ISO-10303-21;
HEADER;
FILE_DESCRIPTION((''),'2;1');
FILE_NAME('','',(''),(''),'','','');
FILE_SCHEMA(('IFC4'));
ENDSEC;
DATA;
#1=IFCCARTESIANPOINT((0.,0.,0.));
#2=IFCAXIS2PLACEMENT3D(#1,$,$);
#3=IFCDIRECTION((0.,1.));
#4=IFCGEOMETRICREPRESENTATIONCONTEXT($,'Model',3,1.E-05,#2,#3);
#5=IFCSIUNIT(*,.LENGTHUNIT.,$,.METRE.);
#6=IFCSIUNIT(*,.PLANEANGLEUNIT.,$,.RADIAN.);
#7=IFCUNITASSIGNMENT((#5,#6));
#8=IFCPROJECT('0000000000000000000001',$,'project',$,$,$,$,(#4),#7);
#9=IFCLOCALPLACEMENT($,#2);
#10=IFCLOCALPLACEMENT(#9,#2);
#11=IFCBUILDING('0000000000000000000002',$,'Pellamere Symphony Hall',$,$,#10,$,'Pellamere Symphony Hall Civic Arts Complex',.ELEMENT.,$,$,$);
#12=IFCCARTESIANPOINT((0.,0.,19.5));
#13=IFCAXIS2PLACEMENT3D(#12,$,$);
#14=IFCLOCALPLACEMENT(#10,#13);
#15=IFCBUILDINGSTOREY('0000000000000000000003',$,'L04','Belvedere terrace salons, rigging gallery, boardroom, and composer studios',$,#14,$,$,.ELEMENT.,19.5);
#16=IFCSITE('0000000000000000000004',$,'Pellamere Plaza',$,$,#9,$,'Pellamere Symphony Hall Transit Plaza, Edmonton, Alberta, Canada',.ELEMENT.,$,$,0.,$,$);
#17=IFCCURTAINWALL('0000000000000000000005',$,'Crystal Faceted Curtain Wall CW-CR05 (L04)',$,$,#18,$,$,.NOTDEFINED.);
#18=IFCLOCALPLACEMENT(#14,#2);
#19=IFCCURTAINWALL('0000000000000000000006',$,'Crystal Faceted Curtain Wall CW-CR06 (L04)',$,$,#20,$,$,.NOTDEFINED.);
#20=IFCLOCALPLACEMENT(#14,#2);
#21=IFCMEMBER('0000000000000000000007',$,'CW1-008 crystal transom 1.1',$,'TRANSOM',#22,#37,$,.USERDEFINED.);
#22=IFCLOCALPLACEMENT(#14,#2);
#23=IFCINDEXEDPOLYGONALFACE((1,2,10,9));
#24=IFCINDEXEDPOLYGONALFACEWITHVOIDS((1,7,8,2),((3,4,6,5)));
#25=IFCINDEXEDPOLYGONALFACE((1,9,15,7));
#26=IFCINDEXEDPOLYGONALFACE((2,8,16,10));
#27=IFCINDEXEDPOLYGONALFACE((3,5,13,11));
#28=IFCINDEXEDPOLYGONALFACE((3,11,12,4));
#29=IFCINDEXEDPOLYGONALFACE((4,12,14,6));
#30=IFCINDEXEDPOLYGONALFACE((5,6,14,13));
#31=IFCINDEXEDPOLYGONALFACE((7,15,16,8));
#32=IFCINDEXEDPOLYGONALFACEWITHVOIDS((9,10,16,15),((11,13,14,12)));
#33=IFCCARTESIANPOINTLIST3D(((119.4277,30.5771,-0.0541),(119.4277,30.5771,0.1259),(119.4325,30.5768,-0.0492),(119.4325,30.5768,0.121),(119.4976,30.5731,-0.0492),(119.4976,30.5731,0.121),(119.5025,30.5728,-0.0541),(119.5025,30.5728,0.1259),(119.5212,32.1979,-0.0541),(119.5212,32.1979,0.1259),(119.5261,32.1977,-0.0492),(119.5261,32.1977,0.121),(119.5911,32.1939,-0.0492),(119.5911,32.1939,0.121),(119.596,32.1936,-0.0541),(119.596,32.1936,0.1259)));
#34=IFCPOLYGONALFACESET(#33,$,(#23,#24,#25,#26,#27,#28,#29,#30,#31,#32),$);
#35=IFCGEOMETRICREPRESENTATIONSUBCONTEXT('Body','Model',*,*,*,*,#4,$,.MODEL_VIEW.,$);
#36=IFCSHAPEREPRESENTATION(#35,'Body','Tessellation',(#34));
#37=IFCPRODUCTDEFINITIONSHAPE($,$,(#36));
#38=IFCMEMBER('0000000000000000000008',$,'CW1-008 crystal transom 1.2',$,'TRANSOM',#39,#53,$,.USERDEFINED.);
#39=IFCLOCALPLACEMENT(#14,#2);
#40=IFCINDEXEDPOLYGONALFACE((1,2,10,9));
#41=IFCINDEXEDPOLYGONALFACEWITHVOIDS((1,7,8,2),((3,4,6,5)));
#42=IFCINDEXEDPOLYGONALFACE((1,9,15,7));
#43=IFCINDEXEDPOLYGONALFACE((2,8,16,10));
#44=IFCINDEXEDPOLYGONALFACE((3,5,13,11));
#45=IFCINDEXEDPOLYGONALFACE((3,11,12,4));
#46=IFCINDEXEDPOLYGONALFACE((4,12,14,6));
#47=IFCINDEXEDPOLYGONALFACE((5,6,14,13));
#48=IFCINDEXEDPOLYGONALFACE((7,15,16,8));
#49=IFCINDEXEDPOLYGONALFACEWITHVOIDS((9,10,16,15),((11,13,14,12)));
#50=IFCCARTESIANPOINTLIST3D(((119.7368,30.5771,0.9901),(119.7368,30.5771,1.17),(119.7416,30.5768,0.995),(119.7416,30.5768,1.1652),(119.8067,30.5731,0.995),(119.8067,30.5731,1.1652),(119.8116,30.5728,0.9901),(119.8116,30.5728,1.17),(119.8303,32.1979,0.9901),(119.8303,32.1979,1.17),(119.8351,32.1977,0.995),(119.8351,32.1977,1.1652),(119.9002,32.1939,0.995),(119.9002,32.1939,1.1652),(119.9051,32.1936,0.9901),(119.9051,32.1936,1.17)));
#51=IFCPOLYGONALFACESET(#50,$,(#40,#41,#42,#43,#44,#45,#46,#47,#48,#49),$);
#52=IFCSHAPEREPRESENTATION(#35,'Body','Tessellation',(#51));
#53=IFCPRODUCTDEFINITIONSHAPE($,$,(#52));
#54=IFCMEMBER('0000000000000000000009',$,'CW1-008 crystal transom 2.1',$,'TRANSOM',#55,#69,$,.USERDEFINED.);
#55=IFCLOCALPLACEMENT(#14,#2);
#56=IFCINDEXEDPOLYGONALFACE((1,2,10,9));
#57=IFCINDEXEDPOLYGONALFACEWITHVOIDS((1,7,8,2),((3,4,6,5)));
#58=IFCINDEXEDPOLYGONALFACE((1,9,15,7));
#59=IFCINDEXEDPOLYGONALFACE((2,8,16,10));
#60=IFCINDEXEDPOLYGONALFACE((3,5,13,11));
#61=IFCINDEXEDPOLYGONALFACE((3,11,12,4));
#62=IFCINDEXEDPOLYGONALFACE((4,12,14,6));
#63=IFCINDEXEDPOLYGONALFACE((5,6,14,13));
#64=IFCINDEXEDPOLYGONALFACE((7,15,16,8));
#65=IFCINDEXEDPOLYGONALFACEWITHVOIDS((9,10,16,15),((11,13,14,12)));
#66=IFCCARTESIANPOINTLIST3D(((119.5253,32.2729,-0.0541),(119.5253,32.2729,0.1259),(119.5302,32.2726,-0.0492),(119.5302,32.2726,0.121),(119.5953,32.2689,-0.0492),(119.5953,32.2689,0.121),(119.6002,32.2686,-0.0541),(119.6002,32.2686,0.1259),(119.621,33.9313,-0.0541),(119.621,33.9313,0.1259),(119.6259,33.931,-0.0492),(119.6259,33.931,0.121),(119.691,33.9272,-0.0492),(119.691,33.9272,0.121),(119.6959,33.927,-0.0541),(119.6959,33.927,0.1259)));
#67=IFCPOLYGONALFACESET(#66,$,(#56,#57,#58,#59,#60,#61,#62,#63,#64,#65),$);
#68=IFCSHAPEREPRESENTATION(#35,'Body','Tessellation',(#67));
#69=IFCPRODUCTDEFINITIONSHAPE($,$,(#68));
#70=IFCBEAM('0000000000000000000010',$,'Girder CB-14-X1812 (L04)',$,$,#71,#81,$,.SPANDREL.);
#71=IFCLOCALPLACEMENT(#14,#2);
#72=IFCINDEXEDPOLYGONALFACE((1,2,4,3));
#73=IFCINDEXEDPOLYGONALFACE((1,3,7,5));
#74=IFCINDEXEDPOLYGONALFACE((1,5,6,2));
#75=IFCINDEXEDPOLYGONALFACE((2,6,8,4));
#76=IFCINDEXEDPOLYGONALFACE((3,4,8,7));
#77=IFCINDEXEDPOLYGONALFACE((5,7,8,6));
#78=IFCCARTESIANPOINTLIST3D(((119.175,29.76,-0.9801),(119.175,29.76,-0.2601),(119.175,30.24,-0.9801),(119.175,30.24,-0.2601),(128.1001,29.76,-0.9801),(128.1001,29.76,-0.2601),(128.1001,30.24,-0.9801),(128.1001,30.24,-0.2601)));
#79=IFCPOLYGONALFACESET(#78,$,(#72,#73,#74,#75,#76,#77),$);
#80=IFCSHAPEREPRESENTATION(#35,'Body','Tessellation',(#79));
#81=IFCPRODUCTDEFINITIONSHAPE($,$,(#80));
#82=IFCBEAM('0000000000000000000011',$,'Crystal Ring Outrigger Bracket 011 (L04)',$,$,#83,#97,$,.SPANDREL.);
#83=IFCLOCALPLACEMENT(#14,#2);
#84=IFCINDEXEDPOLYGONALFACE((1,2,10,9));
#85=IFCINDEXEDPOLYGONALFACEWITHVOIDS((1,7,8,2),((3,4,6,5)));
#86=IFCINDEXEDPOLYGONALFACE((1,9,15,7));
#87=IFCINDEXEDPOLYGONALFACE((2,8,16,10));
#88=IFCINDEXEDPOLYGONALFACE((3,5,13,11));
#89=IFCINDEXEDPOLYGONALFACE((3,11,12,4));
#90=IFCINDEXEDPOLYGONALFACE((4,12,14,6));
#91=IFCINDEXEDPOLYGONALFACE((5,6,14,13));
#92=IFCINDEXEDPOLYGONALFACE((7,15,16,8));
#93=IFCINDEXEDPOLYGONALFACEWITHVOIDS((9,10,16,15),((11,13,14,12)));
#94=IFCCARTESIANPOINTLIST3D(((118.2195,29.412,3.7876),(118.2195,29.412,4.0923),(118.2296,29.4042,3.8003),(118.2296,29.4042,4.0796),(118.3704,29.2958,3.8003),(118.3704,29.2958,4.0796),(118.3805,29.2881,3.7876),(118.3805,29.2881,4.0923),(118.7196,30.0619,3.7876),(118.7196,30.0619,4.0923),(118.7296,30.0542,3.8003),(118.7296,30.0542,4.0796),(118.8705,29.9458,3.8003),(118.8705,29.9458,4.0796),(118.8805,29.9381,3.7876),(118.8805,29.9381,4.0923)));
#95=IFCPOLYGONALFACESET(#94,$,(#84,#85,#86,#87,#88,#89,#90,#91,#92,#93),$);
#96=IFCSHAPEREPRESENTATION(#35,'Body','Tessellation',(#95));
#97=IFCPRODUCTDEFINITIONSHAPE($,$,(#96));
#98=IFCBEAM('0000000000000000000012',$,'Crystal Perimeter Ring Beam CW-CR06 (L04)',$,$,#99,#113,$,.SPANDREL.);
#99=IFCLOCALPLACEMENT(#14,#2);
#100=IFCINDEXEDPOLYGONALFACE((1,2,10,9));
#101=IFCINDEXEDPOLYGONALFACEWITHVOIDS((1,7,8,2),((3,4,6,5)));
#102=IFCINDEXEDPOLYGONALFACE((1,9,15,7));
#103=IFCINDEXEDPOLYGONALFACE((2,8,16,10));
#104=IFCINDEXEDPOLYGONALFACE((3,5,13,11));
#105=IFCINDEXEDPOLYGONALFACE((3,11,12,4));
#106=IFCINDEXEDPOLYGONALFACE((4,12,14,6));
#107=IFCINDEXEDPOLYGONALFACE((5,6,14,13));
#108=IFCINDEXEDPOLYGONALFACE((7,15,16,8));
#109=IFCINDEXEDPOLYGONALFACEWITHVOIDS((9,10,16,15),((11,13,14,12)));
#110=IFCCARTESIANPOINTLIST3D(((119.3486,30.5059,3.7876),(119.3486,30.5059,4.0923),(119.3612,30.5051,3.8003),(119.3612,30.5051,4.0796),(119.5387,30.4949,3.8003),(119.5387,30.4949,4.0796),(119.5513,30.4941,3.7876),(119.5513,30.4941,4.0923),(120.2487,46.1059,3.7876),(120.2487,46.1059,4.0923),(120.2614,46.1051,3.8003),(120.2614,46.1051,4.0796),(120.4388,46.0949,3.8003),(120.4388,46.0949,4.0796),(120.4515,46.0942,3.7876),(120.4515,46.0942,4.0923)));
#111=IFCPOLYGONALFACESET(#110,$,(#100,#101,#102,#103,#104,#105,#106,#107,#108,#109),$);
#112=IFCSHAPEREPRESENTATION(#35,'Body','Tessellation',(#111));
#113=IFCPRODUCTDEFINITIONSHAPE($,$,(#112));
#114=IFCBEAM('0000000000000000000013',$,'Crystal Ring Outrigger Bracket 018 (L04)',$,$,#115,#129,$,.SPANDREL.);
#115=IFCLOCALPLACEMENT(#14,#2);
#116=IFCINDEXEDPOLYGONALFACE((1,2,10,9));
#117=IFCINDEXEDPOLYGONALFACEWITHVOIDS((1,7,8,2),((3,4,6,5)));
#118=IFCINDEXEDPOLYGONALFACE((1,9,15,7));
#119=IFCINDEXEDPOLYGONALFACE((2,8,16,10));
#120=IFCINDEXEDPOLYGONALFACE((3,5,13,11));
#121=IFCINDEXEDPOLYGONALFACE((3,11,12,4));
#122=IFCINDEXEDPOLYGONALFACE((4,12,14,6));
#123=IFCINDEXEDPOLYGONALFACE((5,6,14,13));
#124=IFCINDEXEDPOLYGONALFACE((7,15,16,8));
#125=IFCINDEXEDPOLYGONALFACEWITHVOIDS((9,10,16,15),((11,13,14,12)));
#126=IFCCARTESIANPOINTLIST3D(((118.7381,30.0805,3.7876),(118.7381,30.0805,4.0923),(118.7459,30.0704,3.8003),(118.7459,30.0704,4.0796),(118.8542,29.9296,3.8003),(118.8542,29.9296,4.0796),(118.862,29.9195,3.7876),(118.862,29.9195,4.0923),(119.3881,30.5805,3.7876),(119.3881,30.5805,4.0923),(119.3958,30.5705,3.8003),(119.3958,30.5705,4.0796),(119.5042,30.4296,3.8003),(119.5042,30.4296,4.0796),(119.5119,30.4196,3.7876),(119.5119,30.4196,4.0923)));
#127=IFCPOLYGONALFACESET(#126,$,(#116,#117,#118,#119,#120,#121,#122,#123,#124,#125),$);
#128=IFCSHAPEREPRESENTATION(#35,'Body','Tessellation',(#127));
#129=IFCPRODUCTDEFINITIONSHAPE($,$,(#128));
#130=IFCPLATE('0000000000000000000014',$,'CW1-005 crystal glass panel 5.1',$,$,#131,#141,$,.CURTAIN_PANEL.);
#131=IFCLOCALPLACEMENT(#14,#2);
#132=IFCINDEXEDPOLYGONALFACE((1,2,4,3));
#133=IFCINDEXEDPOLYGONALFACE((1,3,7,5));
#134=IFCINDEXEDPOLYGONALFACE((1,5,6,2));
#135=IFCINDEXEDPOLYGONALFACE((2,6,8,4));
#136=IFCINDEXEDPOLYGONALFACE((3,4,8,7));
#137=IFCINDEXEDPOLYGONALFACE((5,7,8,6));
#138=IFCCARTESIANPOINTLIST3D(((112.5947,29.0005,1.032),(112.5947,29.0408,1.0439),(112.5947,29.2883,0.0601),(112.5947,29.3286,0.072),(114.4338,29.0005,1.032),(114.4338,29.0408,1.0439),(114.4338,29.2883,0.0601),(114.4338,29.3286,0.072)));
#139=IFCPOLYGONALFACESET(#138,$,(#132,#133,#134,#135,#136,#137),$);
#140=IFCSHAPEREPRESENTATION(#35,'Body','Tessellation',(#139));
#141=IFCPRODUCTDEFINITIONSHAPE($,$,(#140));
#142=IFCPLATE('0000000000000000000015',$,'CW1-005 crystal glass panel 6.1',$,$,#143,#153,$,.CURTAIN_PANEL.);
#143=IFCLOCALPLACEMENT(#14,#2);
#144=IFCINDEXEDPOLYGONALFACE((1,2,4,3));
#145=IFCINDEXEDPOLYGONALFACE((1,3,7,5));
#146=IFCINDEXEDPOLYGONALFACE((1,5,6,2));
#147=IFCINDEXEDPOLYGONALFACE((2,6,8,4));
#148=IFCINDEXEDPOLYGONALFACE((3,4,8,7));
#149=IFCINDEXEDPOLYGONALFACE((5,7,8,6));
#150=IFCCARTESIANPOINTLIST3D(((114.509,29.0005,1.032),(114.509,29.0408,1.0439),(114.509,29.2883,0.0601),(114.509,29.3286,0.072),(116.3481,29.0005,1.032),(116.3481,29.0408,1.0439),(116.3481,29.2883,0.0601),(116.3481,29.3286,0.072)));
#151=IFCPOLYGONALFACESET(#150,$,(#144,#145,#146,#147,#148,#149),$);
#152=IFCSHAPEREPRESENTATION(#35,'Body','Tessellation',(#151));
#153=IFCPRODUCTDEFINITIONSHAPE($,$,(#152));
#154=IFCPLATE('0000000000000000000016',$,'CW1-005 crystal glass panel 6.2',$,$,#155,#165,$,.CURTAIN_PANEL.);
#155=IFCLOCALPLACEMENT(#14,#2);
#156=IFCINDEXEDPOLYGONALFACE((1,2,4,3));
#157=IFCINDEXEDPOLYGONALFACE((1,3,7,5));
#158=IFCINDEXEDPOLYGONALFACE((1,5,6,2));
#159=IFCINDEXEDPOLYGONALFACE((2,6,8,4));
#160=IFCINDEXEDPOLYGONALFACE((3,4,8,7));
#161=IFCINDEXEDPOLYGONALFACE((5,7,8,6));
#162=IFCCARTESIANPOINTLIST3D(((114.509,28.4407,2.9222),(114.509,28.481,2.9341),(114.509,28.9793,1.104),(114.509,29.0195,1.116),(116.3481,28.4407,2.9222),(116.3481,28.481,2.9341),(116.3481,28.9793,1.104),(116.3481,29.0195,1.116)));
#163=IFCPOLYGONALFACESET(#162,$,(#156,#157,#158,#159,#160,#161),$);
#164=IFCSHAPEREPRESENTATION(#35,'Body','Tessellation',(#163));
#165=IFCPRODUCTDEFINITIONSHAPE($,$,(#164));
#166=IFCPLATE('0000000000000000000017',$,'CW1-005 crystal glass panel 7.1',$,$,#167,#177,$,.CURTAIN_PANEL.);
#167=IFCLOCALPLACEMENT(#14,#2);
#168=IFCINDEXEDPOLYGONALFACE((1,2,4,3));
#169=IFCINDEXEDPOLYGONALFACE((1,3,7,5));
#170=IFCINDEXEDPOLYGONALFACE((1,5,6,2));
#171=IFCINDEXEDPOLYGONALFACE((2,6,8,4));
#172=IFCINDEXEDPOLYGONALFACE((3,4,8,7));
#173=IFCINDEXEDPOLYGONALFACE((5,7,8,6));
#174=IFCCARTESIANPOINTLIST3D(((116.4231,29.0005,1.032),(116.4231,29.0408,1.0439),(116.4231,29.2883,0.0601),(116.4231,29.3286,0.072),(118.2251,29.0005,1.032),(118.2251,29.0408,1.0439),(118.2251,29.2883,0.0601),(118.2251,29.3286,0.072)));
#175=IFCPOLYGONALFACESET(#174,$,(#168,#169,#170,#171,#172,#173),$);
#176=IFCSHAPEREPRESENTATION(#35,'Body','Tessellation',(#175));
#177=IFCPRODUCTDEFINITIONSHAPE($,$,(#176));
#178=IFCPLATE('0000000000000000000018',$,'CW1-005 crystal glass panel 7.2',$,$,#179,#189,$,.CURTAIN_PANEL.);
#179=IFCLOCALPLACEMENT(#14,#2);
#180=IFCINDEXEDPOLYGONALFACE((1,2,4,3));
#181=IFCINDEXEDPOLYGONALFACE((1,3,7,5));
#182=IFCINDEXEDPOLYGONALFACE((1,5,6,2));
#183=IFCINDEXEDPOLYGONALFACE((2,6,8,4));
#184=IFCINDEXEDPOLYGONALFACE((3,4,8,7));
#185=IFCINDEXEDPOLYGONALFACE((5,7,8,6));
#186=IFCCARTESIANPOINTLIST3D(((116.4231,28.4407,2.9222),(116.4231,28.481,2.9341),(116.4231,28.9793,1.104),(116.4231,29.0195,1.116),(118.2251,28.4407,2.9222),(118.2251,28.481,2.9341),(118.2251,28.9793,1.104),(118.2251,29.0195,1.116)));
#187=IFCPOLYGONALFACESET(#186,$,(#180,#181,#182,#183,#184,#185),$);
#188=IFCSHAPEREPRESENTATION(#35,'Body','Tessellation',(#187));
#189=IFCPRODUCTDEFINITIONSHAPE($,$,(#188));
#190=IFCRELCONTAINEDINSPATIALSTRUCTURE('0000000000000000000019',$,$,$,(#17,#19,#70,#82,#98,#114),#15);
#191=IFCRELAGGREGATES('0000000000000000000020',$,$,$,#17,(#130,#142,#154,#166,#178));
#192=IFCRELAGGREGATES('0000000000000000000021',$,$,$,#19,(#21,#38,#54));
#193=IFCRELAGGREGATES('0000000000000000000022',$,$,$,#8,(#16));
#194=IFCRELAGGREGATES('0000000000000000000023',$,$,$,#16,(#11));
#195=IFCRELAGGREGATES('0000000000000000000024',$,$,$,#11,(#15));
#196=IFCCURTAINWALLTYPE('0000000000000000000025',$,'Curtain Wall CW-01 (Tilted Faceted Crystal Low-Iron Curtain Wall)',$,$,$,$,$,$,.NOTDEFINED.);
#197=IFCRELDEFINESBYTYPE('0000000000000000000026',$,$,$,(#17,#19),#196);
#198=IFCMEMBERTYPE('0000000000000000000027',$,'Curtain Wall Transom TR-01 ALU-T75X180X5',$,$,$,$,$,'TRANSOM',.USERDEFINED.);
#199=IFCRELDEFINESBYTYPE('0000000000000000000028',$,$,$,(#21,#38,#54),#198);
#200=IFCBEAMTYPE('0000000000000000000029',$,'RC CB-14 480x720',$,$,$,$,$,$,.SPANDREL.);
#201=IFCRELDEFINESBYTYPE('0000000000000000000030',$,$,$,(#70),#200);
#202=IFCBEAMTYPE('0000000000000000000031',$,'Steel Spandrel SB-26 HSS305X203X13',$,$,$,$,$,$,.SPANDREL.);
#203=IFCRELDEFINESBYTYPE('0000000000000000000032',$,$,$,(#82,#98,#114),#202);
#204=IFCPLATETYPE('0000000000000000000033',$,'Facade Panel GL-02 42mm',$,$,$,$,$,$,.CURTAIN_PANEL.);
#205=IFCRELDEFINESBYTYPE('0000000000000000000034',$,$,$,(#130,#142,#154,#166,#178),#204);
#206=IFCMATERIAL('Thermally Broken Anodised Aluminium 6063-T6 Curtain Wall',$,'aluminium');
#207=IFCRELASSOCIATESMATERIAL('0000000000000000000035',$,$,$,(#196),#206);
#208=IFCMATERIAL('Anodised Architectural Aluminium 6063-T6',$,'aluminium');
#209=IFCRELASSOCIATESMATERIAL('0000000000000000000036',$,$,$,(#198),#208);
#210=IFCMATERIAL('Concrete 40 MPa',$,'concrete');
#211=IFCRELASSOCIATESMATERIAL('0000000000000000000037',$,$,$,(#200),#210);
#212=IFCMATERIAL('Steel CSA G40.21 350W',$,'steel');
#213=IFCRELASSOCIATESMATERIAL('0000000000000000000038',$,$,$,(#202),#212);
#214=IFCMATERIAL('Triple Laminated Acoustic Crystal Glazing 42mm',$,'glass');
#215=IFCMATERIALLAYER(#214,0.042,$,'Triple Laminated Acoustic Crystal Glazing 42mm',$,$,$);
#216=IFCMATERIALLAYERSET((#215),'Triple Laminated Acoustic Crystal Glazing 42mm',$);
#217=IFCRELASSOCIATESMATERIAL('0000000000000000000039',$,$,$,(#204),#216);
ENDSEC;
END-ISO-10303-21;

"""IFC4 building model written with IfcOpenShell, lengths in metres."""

from ifc_helpers import new_model, si_unit, direction, frame, origin, origin_2d, place, context, subcontext, project, spatial, polyline, rectangle, hollow_rectangle, outline, extrude, material, layer, layer_set, material_profile, profile_set, type_object, element, aggregate, save


model = new_model("IFC4")

# Units and contexts
model_context = context("Model", 3, precision=1e-05, world=origin(), true_north=direction((0.0, 1.0)))
body_context = subcontext(model_context, "Body", "Model", "MODEL_VIEW")
ifc_project = project(units=[si_unit("LENGTHUNIT", "METRE"), si_unit("PLANEANGLEUNIT", "RADIAN")], contexts=[model_context])

# Site, building, storey
site_placement = place(None, origin())
site = spatial("IfcSite", under=ifc_project, at=site_placement, Name="Pellamere Plaza", LongName="Pellamere Symphony Hall Transit Plaza, Edmonton, Alberta, Canada", CompositionType="ELEMENT", RefElevation=0.0)
building_placement = place(site_placement, origin())
building = spatial("IfcBuilding", under=site, at=building_placement, Name="Pellamere Symphony Hall", LongName="Pellamere Symphony Hall Civic Arts Complex", CompositionType="ELEMENT")
storey_placement = place(building_placement, frame((0.0, 0.0, 19.5)))
storey = spatial("IfcBuildingStorey", under=building, at=storey_placement, Name="L04", Description="Belvedere terrace salons, rigging gallery, boardroom, and composer studios", CompositionType="ELEMENT", Elevation=19.5)

# Shared definitions
ifc_material_1 = material(Name="Concrete 40 MPa", Category="concrete")

# Curtain walls
ifc_material_2 = material(Name="Thermally Broken Anodised Aluminium 6063-T6 Curtain Wall", Category="aluminium")
curtain_wall_type = type_object("IfcCurtainWallType", Name="Curtain Wall CW-01 (Tilted Faceted Crystal Low-Iron Curtain Wall)", PredefinedType="NOTDEFINED", material=ifc_material_2)
curtain_wall_1_placement = place(storey_placement, origin())
curtain_wall_1 = element("IfcCurtainWall", 1, at=curtain_wall_1_placement, inside=storey, type_object=curtain_wall_type, Name="Crystal Faceted Curtain Wall CW-CR05 (L04)", PredefinedType="NOTDEFINED")
ifc_material_3 = material(Name="Anodised Architectural Aluminium 6063-T6", Category="aluminium")
curtain_wall_2_placement = place(storey_placement, origin())
curtain_wall_2 = element("IfcCurtainWall", 2, at=curtain_wall_2_placement, inside=storey, type_object=curtain_wall_type, Name="Crystal Faceted Curtain Wall CW-CR06 (L04)", PredefinedType="NOTDEFINED")

# Members
ifc_material_profile_1 = material_profile(ifc_material_3, hollow_rectangle(XDim=0.075, YDim=0.1799, WallThickness=0.0049, at=origin_2d()), Name="ALU-T75X180X5")
ifc_profile_set_1 = profile_set([ifc_material_profile_1], Name="Anodised Architectural Aluminium 6063-T6")
member_type_1 = type_object("IfcMemberType", Name="Curtain Wall Transom TR-01 ALU-T75X180X5", ElementType="TRANSOM", PredefinedType="USERDEFINED", material=ifc_profile_set_1)
member_1_placement = place(storey_placement, frame((119.4651, 30.575, 0.0359), z_axis=(0.057594, 0.99834, 0.0), x_axis=(-0.99834, 0.057594, 0.0)))
member_1 = element("IfcMember", 3, at=member_1_placement, type_object=member_type_1, Name="CW1-008 crystal transom 1.1", ObjectType="TRANSOM", PredefinedType="USERDEFINED", context=body_context, shape_type="SweptSolid", body=[
    extrude(hollow_rectangle(XDim=0.075, YDim=0.1799, WallThickness=0.0049, at=origin_2d()), origin(), (0.0, 0.0, 1.0), 1.6235),
])
member_2_placement = place(storey_placement, frame((119.7742, 30.575, 1.0801), z_axis=(0.057594, 0.99834, 0.0), x_axis=(-0.99834, 0.057594, 0.0)))
member_2 = element("IfcMember", 4, at=member_2_placement, type_object=member_type_1, Name="CW1-008 crystal transom 1.2", ObjectType="TRANSOM", PredefinedType="USERDEFINED", context=body_context, shape_type="SweptSolid", body=[
    extrude(hollow_rectangle(XDim=0.075, YDim=0.1799, WallThickness=0.0049, at=origin_2d()), origin(), (0.0, 0.0, 1.0), 1.6235),
])
member_3_placement = place(storey_placement, frame((119.5627, 32.2708, 0.0359), z_axis=(0.057611, 0.998339, 0.0), x_axis=(-0.998339, 0.057611, 0.0)))
member_3 = element("IfcMember", 5, at=member_3_placement, type_object=member_type_1, Name="CW1-008 crystal transom 2.1", ObjectType="TRANSOM", PredefinedType="USERDEFINED", context=body_context, shape_type="SweptSolid", body=[
    extrude(hollow_rectangle(XDim=0.075, YDim=0.1799, WallThickness=0.0049, at=origin_2d()), origin(), (0.0, 0.0, 1.0), 1.6611),
])

# Beams
ifc_material_profile_2 = material_profile(ifc_material_1, rectangle(XDim=0.48, YDim=0.72, at=origin_2d()), Name="RC 480x720")
ifc_profile_set_2 = profile_set([ifc_material_profile_2], Name="Concrete 40 MPa")
beam_type_1 = type_object("IfcBeamType", Name="RC CB-14 480x720", PredefinedType="SPANDREL", material=ifc_profile_set_2)
beam_1_placement = place(storey_placement, frame((119.175, 30.0, -0.6201), z_axis=(1.0, 0.0, 0.0), x_axis=(0.0, 1.0, 0.0)))
element("IfcBeam", 6, at=beam_1_placement, inside=storey, type_object=beam_type_1, Name="Girder CB-14-X1812 (L04)", PredefinedType="SPANDREL", context=body_context, shape_type="SweptSolid", body=[
    extrude(rectangle(XDim=0.48, YDim=0.72, at=origin_2d()), origin(), (0.0, 0.0, 1.0), 8.925),
])
ifc_material_4 = material(Name="Steel CSA G40.21 350W", Category="steel")
ifc_material_profile_3 = material_profile(ifc_material_4, hollow_rectangle(XDim=0.2031, YDim=0.3047, WallThickness=0.0127, at=origin_2d()), Name="HSS305X203X13")
ifc_profile_set_3 = profile_set([ifc_material_profile_3], Name="Steel CSA G40.21 350W")
beam_type_2 = type_object("IfcBeamType", Name="Steel Spandrel SB-26 HSS305X203X13", PredefinedType="SPANDREL", material=ifc_profile_set_3)
beam_2_placement = place(storey_placement, frame((118.8, 30.0, 3.9399), z_axis=(-0.609768, -0.79258, 0.0), x_axis=(0.79258, -0.609768, 0.0)))
element("IfcBeam", 7, at=beam_2_placement, inside=storey, type_object=beam_type_2, Name="Crystal Ring Outrigger Bracket 011 (L04)", PredefinedType="SPANDREL", context=body_context, shape_type="SweptSolid", body=[
    extrude(hollow_rectangle(XDim=0.2031, YDim=0.3047, WallThickness=0.0127, at=origin_2d()), origin(), (0.0, 0.0, 1.0), 0.8201),
])
beam_3_placement = place(storey_placement, frame((119.45, 30.5, 3.9399), z_axis=(0.057606, 0.998339, 0.0), x_axis=(-0.998339, 0.057606, 0.0)))
element("IfcBeam", 8, at=beam_3_placement, inside=storey, type_object=beam_type_2, Name="Crystal Perimeter Ring Beam CW-CR06 (L04)", PredefinedType="SPANDREL", context=body_context, shape_type="SweptSolid", body=[
    extrude(hollow_rectangle(XDim=0.2031, YDim=0.3047, WallThickness=0.0127, at=origin_2d()), origin(), (0.0, 0.0, 1.0), 15.626),
])
beam_4_placement = place(storey_placement, frame((118.8, 30.0, 3.9399), z_axis=(0.79258, 0.609768, 0.0), x_axis=(-0.609768, 0.79258, 0.0)))
element("IfcBeam", 9, at=beam_4_placement, inside=storey, type_object=beam_type_2, Name="Crystal Ring Outrigger Bracket 018 (L04)", PredefinedType="SPANDREL", context=body_context, shape_type="SweptSolid", body=[
    extrude(hollow_rectangle(XDim=0.2031, YDim=0.3047, WallThickness=0.0127, at=origin_2d()), origin(), (0.0, 0.0, 1.0), 0.8201),
])

# Plates
ifc_material_5 = material(Name="Triple Laminated Acoustic Crystal Glazing 42mm", Category="glass")
ifc_layer_1 = layer(ifc_material_5, 0.042, Name="Triple Laminated Acoustic Crystal Glazing 42mm")
ifc_layer_set_1 = layer_set([ifc_layer_1], Name="Triple Laminated Acoustic Crystal Glazing 42mm")
plate_type_1 = type_object("IfcPlateType", Name="Facade Panel GL-02 42mm", PredefinedType="CURTAIN_PANEL", material=ifc_layer_set_1)
plate_1_placement = place(storey_placement, frame((112.5947, 29.3286, 0.072), z_axis=(0.0, 0.958835, 0.283965), x_axis=(1.0, 0.0, 0.0)))
plate_1 = element("IfcPlate", 10, at=plate_1_placement, type_object=plate_type_1, Name="CW1-005 crystal glass panel 5.1", PredefinedType="CURTAIN_PANEL", context=body_context, shape_type="SweptSolid", body=[
    extrude(outline(polyline([(0.0, 0.0), (1.8391, 0.0), (1.8391, -1.0137), (0.0, -1.0137), (0.0, 0.0)])), origin(), (0.0, 0.0, -1.0), 0.042),
])
plate_2_placement = place(storey_placement, frame((114.509, 29.3286, 0.072), z_axis=(0.0, 0.958835, 0.283965), x_axis=(1.0, 0.0, 0.0)))
plate_2 = element("IfcPlate", 11, at=plate_2_placement, type_object=plate_type_1, Name="CW1-005 crystal glass panel 6.1", PredefinedType="CURTAIN_PANEL", context=body_context, shape_type="SweptSolid", body=[
    extrude(outline(polyline([(0.0, 0.0), (1.8391, 0.0), (1.8391, -1.0137), (0.0, -1.0137), (0.0, 0.0)])), origin(), (0.0, 0.0, -1.0), 0.042),
])
plate_3_placement = place(storey_placement, frame((114.509, 29.0195, 1.116), z_axis=(0.0, 0.958816, 0.284027), x_axis=(1.0, 0.0, 0.0)))
plate_3 = element("IfcPlate", 12, at=plate_3_placement, type_object=plate_type_1, Name="CW1-005 crystal glass panel 6.2", PredefinedType="CURTAIN_PANEL", context=body_context, shape_type="SweptSolid", body=[
    extrude(outline(polyline([(0.0, 0.0), (1.8391, 0.0), (1.8391, -1.8962), (0.0, -1.8962), (0.0, 0.0)])), origin(), (0.0, 0.0, -1.0), 0.042),
])
plate_4_placement = place(storey_placement, frame((116.4231, 29.3286, 0.072), z_axis=(0.0, 0.958835, 0.283965), x_axis=(1.0, 0.0, 0.0)))
plate_4 = element("IfcPlate", 13, at=plate_4_placement, type_object=plate_type_1, Name="CW1-005 crystal glass panel 7.1", PredefinedType="CURTAIN_PANEL", context=body_context, shape_type="SweptSolid", body=[
    extrude(outline(polyline([(0.0, 0.0), (1.802, 0.0), (1.802, -1.0137), (0.0, -1.0137), (0.0, 0.0)])), origin(), (0.0, 0.0, -1.0), 0.042),
])
plate_5_placement = place(storey_placement, frame((116.4231, 29.0195, 1.116), z_axis=(0.0, 0.958816, 0.284027), x_axis=(1.0, 0.0, 0.0)))
plate_5 = element("IfcPlate", 14, at=plate_5_placement, type_object=plate_type_1, Name="CW1-005 crystal glass panel 7.2", PredefinedType="CURTAIN_PANEL", context=body_context, shape_type="SweptSolid", body=[
    extrude(outline(polyline([(0.0, 0.0), (1.802, 0.0), (1.802, -1.8962), (0.0, -1.8962), (0.0, 0.0)])), origin(), (0.0, 0.0, -1.0), 0.042),
])
aggregate(curtain_wall_1, [plate_1, plate_2, plate_3, plate_4, plate_5])
aggregate(curtain_wall_2, [member_1, member_2, member_3])

save(model, "model.ifc")
